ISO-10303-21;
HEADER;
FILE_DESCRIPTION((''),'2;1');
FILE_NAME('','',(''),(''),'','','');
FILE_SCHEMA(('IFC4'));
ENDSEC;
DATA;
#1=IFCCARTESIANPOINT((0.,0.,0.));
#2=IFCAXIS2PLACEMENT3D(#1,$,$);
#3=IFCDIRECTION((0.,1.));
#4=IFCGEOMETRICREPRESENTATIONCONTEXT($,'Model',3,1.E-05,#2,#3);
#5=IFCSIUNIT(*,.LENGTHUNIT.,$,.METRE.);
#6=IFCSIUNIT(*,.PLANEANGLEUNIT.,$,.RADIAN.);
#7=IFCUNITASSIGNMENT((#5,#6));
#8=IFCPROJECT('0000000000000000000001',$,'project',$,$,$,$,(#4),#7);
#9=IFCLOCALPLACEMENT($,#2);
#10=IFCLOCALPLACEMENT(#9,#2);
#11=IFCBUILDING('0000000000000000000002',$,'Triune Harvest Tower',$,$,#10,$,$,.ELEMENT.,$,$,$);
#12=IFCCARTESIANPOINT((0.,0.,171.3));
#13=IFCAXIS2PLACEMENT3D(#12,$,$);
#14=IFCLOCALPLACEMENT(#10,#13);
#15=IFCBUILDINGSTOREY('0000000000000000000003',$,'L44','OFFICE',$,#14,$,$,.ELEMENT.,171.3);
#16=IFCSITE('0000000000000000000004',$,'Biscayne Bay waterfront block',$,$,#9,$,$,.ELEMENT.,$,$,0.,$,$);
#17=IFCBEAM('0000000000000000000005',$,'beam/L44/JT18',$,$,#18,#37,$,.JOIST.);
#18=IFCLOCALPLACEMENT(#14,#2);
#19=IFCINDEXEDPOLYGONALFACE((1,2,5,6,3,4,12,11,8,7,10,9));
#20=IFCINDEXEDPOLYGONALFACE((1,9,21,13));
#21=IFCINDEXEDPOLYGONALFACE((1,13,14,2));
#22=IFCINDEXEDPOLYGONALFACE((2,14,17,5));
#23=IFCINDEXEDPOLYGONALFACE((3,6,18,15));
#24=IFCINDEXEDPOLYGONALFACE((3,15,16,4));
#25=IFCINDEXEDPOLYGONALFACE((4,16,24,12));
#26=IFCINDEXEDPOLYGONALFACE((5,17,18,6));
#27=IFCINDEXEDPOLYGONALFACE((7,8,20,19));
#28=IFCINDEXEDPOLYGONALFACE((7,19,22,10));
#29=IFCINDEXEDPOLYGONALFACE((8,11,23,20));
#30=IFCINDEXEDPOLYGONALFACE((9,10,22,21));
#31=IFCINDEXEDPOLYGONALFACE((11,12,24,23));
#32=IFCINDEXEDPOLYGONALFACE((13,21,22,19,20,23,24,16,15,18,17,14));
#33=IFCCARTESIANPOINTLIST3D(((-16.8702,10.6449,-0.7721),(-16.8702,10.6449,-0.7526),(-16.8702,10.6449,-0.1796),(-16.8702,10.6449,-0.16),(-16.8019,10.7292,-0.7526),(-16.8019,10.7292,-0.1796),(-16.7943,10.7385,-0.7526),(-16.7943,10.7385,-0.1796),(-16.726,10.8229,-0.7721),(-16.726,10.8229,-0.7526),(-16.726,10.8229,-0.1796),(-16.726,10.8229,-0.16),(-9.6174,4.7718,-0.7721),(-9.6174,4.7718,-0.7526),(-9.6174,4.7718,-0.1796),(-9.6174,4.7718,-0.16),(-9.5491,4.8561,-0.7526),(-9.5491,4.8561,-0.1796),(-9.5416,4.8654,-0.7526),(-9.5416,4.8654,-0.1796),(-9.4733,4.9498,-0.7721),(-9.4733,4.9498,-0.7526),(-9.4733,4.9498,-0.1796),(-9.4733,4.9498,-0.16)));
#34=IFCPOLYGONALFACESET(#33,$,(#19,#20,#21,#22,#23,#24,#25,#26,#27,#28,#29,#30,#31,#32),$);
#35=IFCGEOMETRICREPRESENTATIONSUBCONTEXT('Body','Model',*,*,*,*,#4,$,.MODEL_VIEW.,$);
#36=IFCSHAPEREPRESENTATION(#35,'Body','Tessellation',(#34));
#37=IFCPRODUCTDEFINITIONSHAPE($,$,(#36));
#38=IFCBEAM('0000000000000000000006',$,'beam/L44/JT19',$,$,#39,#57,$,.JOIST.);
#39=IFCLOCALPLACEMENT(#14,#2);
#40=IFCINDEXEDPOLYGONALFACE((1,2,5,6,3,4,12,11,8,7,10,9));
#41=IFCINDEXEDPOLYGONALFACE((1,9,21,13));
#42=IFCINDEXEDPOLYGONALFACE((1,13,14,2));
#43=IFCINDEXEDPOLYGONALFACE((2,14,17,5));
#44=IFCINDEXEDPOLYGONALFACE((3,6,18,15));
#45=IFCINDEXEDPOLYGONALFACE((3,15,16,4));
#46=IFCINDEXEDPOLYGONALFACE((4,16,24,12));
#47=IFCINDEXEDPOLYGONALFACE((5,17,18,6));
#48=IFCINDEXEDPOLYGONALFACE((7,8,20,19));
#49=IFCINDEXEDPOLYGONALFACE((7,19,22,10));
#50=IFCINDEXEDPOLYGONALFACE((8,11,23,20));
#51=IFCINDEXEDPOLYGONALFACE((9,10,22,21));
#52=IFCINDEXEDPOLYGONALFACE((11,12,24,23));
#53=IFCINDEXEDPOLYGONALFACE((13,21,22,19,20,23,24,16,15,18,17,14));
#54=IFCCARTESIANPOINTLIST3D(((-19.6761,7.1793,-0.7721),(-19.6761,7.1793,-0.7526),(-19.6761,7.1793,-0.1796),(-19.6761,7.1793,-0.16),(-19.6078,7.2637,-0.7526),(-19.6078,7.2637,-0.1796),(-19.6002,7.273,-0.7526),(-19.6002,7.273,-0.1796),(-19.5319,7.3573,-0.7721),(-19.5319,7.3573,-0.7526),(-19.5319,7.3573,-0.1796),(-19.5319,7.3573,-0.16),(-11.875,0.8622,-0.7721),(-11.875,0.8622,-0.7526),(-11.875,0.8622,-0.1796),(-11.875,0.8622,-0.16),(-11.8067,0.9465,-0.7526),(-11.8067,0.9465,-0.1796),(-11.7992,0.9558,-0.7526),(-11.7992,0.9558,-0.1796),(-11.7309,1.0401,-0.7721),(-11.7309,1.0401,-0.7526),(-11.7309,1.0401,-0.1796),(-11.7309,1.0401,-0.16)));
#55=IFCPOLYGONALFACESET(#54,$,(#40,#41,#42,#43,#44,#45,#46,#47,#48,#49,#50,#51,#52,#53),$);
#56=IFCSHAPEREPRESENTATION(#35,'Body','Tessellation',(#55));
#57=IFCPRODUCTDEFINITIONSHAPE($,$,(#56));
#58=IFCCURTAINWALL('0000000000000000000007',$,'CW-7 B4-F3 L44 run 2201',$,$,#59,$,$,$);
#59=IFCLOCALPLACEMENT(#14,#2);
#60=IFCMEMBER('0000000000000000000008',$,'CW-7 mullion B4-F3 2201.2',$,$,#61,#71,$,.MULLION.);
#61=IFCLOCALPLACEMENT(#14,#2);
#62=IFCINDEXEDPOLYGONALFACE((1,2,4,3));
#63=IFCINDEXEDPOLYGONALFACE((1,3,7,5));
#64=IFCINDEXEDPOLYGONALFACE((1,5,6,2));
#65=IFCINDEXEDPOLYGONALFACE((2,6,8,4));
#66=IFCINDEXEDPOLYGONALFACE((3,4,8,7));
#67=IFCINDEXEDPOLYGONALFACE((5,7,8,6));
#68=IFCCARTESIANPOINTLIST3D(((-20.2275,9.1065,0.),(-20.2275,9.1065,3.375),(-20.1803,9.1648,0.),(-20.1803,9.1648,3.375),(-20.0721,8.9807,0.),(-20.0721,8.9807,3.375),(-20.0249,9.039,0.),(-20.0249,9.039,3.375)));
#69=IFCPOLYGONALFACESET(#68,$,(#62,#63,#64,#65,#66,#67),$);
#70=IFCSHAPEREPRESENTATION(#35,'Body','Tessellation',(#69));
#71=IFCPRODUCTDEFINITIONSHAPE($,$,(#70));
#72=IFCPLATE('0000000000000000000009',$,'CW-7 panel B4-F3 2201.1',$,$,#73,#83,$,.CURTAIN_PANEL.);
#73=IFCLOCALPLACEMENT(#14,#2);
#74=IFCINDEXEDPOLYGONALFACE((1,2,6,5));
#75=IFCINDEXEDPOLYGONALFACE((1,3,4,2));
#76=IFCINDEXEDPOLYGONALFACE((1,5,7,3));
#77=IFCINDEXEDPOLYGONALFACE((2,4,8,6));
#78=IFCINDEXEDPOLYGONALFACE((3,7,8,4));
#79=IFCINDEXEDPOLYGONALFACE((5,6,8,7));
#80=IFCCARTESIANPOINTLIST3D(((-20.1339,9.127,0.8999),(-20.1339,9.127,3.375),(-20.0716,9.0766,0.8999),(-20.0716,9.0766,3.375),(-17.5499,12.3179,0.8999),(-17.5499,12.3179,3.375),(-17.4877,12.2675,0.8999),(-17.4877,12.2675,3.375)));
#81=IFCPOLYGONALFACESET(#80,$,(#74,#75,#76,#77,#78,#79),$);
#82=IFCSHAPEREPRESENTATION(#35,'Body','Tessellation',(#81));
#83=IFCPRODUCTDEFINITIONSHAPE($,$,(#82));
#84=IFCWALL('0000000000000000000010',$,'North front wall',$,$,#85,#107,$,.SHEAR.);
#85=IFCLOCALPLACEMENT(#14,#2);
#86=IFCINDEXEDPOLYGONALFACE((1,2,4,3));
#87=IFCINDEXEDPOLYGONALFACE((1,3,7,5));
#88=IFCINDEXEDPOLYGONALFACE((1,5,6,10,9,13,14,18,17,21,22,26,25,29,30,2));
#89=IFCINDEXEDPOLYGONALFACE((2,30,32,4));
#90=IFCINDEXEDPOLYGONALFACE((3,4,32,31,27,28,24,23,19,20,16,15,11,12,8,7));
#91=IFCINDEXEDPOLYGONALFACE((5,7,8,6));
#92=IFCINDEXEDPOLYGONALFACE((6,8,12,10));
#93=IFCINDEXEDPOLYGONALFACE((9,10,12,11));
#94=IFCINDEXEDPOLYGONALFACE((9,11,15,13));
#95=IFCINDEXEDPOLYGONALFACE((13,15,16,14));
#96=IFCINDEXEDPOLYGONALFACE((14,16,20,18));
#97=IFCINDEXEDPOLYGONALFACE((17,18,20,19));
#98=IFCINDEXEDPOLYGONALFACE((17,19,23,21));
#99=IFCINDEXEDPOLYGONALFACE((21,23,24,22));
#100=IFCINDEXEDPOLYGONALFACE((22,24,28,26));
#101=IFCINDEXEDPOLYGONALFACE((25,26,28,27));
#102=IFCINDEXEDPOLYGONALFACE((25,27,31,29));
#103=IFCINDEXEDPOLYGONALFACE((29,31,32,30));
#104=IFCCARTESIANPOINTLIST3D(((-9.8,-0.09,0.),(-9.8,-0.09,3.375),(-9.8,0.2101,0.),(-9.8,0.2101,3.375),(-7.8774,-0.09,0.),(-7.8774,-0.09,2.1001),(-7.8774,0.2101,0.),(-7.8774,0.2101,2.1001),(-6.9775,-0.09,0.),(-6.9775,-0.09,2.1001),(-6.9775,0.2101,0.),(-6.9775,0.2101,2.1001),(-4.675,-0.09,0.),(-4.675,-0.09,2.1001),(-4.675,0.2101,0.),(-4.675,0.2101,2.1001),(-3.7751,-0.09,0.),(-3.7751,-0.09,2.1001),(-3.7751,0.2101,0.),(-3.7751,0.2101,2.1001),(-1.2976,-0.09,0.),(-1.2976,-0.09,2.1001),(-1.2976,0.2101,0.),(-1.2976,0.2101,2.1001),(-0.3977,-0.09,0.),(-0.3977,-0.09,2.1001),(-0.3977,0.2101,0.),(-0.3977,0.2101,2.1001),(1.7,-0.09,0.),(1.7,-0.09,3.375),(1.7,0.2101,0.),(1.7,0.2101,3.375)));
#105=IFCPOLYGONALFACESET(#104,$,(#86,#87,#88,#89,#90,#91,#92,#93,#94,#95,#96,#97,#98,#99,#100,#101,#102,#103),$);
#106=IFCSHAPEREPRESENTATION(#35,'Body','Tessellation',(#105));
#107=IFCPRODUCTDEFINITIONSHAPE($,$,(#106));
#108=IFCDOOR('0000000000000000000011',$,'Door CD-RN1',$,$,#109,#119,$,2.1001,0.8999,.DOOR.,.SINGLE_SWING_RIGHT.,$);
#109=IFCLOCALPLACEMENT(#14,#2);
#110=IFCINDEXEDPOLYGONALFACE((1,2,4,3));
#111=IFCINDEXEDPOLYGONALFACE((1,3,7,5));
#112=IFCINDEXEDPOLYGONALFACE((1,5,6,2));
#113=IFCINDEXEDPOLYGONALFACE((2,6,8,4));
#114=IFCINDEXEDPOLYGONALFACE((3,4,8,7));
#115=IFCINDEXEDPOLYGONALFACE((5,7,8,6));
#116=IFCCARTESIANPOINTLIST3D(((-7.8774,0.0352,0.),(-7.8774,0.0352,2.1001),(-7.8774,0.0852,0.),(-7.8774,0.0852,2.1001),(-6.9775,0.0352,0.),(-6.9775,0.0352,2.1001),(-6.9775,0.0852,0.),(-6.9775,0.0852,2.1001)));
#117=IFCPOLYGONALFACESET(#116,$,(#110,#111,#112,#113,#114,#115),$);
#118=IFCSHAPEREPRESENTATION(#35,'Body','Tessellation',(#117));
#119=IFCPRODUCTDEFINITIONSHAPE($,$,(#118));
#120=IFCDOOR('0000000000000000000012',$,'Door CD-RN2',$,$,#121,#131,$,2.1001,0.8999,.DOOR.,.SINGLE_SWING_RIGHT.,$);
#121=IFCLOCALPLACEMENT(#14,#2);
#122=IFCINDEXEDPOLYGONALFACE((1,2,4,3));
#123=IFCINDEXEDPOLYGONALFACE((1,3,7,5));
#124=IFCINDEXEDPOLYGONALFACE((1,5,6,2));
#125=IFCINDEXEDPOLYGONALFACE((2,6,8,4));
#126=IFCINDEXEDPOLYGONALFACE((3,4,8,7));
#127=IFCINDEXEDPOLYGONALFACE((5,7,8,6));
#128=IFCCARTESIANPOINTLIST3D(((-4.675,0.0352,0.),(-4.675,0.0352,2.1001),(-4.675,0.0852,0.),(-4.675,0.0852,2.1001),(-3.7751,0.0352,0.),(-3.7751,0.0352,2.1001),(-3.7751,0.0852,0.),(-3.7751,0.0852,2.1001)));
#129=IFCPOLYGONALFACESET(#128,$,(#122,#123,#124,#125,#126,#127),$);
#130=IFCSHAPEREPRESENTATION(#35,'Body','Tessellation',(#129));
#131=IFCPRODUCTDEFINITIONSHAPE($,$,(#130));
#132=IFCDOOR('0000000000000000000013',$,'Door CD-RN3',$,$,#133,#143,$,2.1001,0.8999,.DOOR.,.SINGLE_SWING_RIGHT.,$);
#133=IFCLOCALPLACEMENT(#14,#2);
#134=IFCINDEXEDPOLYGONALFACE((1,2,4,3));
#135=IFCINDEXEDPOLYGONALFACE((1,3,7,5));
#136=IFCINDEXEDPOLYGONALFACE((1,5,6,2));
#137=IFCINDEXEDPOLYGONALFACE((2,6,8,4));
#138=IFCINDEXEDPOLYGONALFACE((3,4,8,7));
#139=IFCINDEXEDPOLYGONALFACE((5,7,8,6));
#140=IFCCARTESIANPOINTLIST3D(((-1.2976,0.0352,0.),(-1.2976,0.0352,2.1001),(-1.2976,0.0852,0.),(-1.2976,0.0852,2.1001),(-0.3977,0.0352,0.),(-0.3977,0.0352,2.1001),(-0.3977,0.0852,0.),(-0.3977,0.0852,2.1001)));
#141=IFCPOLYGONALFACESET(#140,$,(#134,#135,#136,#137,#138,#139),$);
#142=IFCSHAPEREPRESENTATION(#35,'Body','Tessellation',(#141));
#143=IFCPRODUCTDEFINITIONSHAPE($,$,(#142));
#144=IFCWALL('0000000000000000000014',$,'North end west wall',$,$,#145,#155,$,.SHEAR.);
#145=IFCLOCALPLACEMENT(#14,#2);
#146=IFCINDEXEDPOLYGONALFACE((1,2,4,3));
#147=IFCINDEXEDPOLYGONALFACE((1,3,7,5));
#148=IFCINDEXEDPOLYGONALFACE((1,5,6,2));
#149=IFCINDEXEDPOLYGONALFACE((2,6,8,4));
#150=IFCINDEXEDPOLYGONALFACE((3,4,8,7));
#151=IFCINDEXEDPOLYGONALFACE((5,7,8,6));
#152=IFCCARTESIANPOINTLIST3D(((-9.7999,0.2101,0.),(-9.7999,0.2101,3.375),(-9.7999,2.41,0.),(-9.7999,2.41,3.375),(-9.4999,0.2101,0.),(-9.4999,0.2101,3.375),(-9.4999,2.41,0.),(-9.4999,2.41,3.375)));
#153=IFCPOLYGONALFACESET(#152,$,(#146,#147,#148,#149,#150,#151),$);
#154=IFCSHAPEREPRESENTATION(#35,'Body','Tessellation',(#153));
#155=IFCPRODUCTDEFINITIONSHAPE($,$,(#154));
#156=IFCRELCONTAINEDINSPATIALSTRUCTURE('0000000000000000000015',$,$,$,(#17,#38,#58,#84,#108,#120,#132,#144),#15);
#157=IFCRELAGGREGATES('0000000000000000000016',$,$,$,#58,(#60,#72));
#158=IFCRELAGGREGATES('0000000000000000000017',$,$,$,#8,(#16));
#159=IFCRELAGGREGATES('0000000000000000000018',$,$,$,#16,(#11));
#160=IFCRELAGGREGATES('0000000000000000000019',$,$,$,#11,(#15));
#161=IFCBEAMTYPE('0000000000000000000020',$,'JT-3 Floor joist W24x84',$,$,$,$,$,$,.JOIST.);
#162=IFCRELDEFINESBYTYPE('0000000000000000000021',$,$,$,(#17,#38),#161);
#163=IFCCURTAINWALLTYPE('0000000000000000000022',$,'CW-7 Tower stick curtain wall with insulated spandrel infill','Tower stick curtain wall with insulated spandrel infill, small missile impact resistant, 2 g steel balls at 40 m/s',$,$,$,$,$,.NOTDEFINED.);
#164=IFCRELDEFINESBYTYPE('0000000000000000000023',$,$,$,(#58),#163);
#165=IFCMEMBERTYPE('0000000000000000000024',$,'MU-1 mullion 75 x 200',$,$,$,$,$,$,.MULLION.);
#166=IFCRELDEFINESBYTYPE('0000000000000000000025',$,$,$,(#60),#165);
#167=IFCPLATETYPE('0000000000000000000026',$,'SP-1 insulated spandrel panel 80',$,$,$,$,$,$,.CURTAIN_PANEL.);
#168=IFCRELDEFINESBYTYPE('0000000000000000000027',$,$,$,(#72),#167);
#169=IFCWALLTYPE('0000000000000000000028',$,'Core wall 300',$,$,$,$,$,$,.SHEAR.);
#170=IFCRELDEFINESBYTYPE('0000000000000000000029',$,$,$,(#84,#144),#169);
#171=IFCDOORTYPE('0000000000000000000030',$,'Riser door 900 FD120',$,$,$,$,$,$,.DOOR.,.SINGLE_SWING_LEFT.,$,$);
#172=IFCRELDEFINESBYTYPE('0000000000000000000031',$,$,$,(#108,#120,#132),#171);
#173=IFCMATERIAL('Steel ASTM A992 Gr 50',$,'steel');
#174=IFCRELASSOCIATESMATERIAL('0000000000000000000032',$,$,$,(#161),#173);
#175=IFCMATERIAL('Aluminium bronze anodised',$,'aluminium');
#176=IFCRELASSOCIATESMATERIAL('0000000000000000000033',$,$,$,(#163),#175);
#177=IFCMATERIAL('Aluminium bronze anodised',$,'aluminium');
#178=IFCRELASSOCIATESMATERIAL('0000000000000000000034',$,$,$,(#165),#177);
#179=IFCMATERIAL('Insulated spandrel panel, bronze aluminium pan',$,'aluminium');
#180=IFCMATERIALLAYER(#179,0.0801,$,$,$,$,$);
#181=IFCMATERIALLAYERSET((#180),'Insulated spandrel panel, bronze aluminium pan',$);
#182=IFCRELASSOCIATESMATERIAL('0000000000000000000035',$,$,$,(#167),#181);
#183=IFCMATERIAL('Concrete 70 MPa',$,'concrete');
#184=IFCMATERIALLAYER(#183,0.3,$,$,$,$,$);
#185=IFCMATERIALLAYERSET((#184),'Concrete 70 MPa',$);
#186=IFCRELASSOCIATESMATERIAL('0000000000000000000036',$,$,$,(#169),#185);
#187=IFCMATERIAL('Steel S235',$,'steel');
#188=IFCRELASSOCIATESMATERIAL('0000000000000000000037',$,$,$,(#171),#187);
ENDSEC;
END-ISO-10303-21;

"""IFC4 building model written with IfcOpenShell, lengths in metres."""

from ifc_helpers import new_model, si_unit, direction, frame, frame_2d, origin, origin_2d, place, context, subcontext, project, spatial, rectangle, i_section, extrude, source, transform, mapped, material, layer, layer_set, material_profile, profile_set, type_object, element, fill, aggregate, save


model = new_model("IFC4")

# Units and contexts
model_context = context("Model", 3, precision=1e-05, world=origin(), true_north=direction((0.0, 1.0)))
body_context = subcontext(model_context, "Body", "Model", "MODEL_VIEW")
ifc_project = project(units=[si_unit("LENGTHUNIT", "METRE"), si_unit("PLANEANGLEUNIT", "RADIAN")], contexts=[model_context])

# Site, building, storey
site_placement = place(None, origin())
site = spatial("IfcSite", under=ifc_project, at=site_placement, Name="Biscayne Bay waterfront block", CompositionType="ELEMENT", RefElevation=0.0)
building_placement = place(site_placement, origin())
building = spatial("IfcBuilding", under=site, at=building_placement, Name="Triune Harvest Tower", CompositionType="ELEMENT")
storey_placement = place(building_placement, frame((0.0, 0.0, 171.3)))
storey = spatial("IfcBuildingStorey", under=building, at=storey_placement, Name="L44", Description="OFFICE", CompositionType="ELEMENT", Elevation=171.3)

# Beams
ifc_material_1 = material(Name="Steel ASTM A992 Gr 50", Category="steel")
ifc_material_profile_1 = material_profile(ifc_material_1, i_section(OverallWidth=0.229, OverallDepth=0.6121, WebThickness=0.012, FlangeThickness=0.0195, at=origin_2d()), Name="W24x84")
ifc_profile_set_1 = profile_set([ifc_material_profile_1], Name="Steel ASTM A992 Gr 50")
beam_type = type_object("IfcBeamType", Name="JT-3 Floor joist W24x84", PredefinedType="JOIST", material=ifc_profile_set_1)
shared_shape_1 = source(origin(), body_context, "Body", "SweptSolid", [
    extrude(i_section(OverallWidth=0.229, OverallDepth=0.6121, WebThickness=0.012, FlangeThickness=0.0195, at=origin_2d()), origin(), (0.0, 0.0, 1.0), 9.3325),
])
beam_1_placement = place(storey_placement, frame((-16.7981, 10.7339, -0.4661), z_axis=(0.777149, -0.629316, 0.0), x_axis=(0.629316, 0.777149, 0.0)))
element("IfcBeam", 1, at=beam_1_placement, inside=storey, type_object=beam_type, Name="beam/L44/JT18", PredefinedType="JOIST", context=body_context, shape_type="MappedRepresentation", body=[
    mapped(shared_shape_1, transform((0.0, 0.0, 0.0), scale=1.0)),
])
shared_shape_2 = source(origin(), body_context, "Body", "SweptSolid", [
    extrude(i_section(OverallWidth=0.229, OverallDepth=0.6121, WebThickness=0.012, FlangeThickness=0.0195, at=origin_2d()), origin(), (0.0, 0.0, 1.0), 10.0381),
])
beam_2_placement = place(storey_placement, frame((-19.604, 7.2683, -0.4661), z_axis=(0.777146, -0.62932, 0.0), x_axis=(0.62932, 0.777146, 0.0)))
element("IfcBeam", 2, at=beam_2_placement, inside=storey, type_object=beam_type, Name="beam/L44/JT19", PredefinedType="JOIST", context=body_context, shape_type="MappedRepresentation", body=[
    mapped(shared_shape_2, transform((0.0, 0.0, 0.0), scale=1.0)),
])

# Curtain wall, member, plate
ifc_material_2 = material(Name="Aluminium bronze anodised", Category="aluminium")
curtain_wall_type = type_object("IfcCurtainWallType", Name="CW-7 Tower stick curtain wall with insulated spandrel infill", Description="Tower stick curtain wall with insulated spandrel infill, small missile impact resistant, 2 g steel balls at 40 m/s", PredefinedType="NOTDEFINED", material=ifc_material_2)
curtain_wall_placement = place(storey_placement, origin())
curtain_wall = element("IfcCurtainWall", 3, at=curtain_wall_placement, inside=storey, type_object=curtain_wall_type, Name="CW-7 B4-F3 L44 run 2201")
ifc_material_3 = material(Name="Aluminium bronze anodised", Category="aluminium")
ifc_material_profile_2 = material_profile(ifc_material_3, rectangle(XDim=0.2, YDim=0.075, at=origin_2d()), Name="MU-1 mullion 75 x 200")
ifc_profile_set_2 = profile_set([ifc_material_profile_2], Name="Aluminium bronze anodised")
member_type = type_object("IfcMemberType", Name="MU-1 mullion 75 x 200", PredefinedType="MULLION", material=ifc_profile_set_2)
shared_shape_3 = source(origin(), body_context, "Body", "SweptSolid", [
    extrude(rectangle(XDim=0.2, YDim=0.075, at=origin_2d()), origin(), (0.0, 0.0, 1.0), 3.375),
])
member_placement = place(storey_placement, frame((-20.1262, 9.0728, 0.0), z_axis=(0.0, 0.0, 1.0), x_axis=(0.777151, -0.629314, 0.0)))
member = element("IfcMember", 4, at=member_placement, type_object=member_type, Name="CW-7 mullion B4-F3 2201.2", PredefinedType="MULLION", context=body_context, shape_type="MappedRepresentation", body=[
    mapped(shared_shape_3, transform((0.0, 0.0, 0.0), scale=1.0)),
])
ifc_material_4 = material(Name="Insulated spandrel panel, bronze aluminium pan", Category="aluminium")
ifc_layer_1 = layer(ifc_material_4, 0.0801)
ifc_layer_set_1 = layer_set([ifc_layer_1], Name="Insulated spandrel panel, bronze aluminium pan")
plate_type = type_object("IfcPlateType", Name="SP-1 insulated spandrel panel 80", PredefinedType="CURTAIN_PANEL", material=ifc_layer_set_1)
plate_placement = place(storey_placement, frame((-18.8108, 10.6973, 0.8999), z_axis=(0.0, 0.0, 1.0), x_axis=(-0.629314, -0.777151, 0.0)))
plate = element("IfcPlate", 5, at=plate_placement, type_object=plate_type, Name="CW-7 panel B4-F3 2201.1", PredefinedType="CURTAIN_PANEL", context=body_context, shape_type="SweptSolid", body=[
    extrude(rectangle(XDim=4.106, YDim=0.0801, at=origin_2d()), origin(), (0.0, 0.0, 1.0), 2.4751),
])
aggregate(curtain_wall, [member, plate])

# Wall, openings, doors
ifc_material_5 = material(Name="Concrete 70 MPa", Category="concrete")
ifc_layer_2 = layer(ifc_material_5, 0.3)
ifc_layer_set_2 = layer_set([ifc_layer_2], Name="Concrete 70 MPa")
wall_type_1 = type_object("IfcWallType", Name="Core wall 300", PredefinedType="SHEAR", material=ifc_layer_set_2)
wall_1_placement = place(storey_placement, frame((-9.8, 0.0601, 0.0), z_axis=(0.0, 0.0, 1.0), x_axis=(1.0, 0.0, 0.0)))
wall_1 = element("IfcWall", 6, at=wall_1_placement, inside=storey, type_object=wall_type_1, Name="North front wall", PredefinedType="SHEAR", context=body_context, shape_type="SweptSolid", body=[
    extrude(rectangle(XDim=11.5, YDim=0.3, at=frame_2d((5.75, 0.0))), origin(), (0.0, 0.0, 1.0), 3.375),
])
opening_1_placement = place(wall_1_placement, frame((1.9226, 0.0, 0.0)))
opening_1 = element("IfcOpeningElement", 7, at=opening_1_placement, cuts=wall_1, PredefinedType="OPENING", context=body_context, shape_type="SweptSolid", body=[
    extrude(rectangle(XDim=0.8999, YDim=2.1001, at=frame_2d((0.45, 1.05))), frame((0.0, 0.1602, 0.0), z_axis=(0.0, -1.0, 0.0), x_axis=(1.0, 0.0, 0.0)), (0.0, 0.0, 1.0), 0.3201),
])
opening_2_placement = place(wall_1_placement, frame((5.125, 0.0, 0.0)))
opening_2 = element("IfcOpeningElement", 8, at=opening_2_placement, cuts=wall_1, PredefinedType="OPENING", context=body_context, shape_type="SweptSolid", body=[
    extrude(rectangle(XDim=0.8999, YDim=2.1001, at=frame_2d((0.45, 1.05))), frame((0.0, 0.1602, 0.0), z_axis=(0.0, -1.0, 0.0), x_axis=(1.0, 0.0, 0.0)), (0.0, 0.0, 1.0), 0.3201),
])
opening_3_placement = place(wall_1_placement, frame((8.5024, 0.0, 0.0)))
opening_3 = element("IfcOpeningElement", 9, at=opening_3_placement, cuts=wall_1, PredefinedType="OPENING", context=body_context, shape_type="SweptSolid", body=[
    extrude(rectangle(XDim=0.8999, YDim=2.1001, at=frame_2d((0.45, 1.05))), frame((0.0, 0.1602, 0.0), z_axis=(0.0, -1.0, 0.0), x_axis=(1.0, 0.0, 0.0)), (0.0, 0.0, 1.0), 0.3201),
])
ifc_material_6 = material(Name="Steel S235", Category="steel")
door_type_1 = type_object("IfcDoorType", Name="Riser door 900 FD120", OperationType="SINGLE_SWING_LEFT", PredefinedType="DOOR", material=ifc_material_6)
door_1_placement = place(opening_1_placement, frame((0.8999, 0.0, 0.0), z_axis=(0.0, 0.0, 1.0), x_axis=(-1.0, 0.0, 0.0)))
door_1 = element("IfcDoor", 10, at=door_1_placement, inside=storey, type_object=door_type_1, Name="Door CD-RN1", OperationType="SINGLE_SWING_RIGHT", OverallHeight=2.1001, OverallWidth=0.8999, PredefinedType="DOOR", context=body_context, shape_type="SweptSolid", body=[
    extrude(rectangle(XDim=0.8999, YDim=2.1001, at=frame_2d((0.45, 1.05))), frame((0.0, 0.0249, 0.0), z_axis=(0.0, -1.0, 0.0), x_axis=(1.0, 0.0, 0.0)), (0.0, 0.0, 1.0), 0.05),
])
fill(opening_1, door_1)
door_2_placement = place(opening_2_placement, frame((0.8999, 0.0, 0.0), z_axis=(0.0, 0.0, 1.0), x_axis=(-1.0, 0.0, 0.0)))
door_2 = element("IfcDoor", 11, at=door_2_placement, inside=storey, type_object=door_type_1, Name="Door CD-RN2", OperationType="SINGLE_SWING_RIGHT", OverallHeight=2.1001, OverallWidth=0.8999, PredefinedType="DOOR", context=body_context, shape_type="SweptSolid", body=[
    extrude(rectangle(XDim=0.8999, YDim=2.1001, at=frame_2d((0.45, 1.05))), frame((0.0, 0.0249, 0.0), z_axis=(0.0, -1.0, 0.0), x_axis=(1.0, 0.0, 0.0)), (0.0, 0.0, 1.0), 0.05),
])
fill(opening_2, door_2)
door_3_placement = place(opening_3_placement, frame((0.8999, 0.0, 0.0), z_axis=(0.0, 0.0, 1.0), x_axis=(-1.0, 0.0, 0.0)))
door_3 = element("IfcDoor", 12, at=door_3_placement, inside=storey, type_object=door_type_1, Name="Door CD-RN3", OperationType="SINGLE_SWING_RIGHT", OverallHeight=2.1001, OverallWidth=0.8999, PredefinedType="DOOR", context=body_context, shape_type="SweptSolid", body=[
    extrude(rectangle(XDim=0.8999, YDim=2.1001, at=frame_2d((0.45, 1.05))), frame((0.0, 0.0249, 0.0), z_axis=(0.0, -1.0, 0.0), x_axis=(1.0, 0.0, 0.0)), (0.0, 0.0, 1.0), 0.05),
])
fill(opening_3, door_3)

# Wall
wall_2_placement = place(storey_placement, frame((-9.6499, 0.21, 0.0), z_axis=(0.0, 0.0, 1.0), x_axis=(0.0, 1.0, 0.0)))
element("IfcWall", 13, at=wall_2_placement, inside=storey, type_object=wall_type_1, Name="North end west wall", PredefinedType="SHEAR", context=body_context, shape_type="SweptSolid", body=[
    extrude(rectangle(XDim=2.2, YDim=0.3, at=frame_2d((1.1001, 0.0))), origin(), (0.0, 0.0, 1.0), 3.375),
])

save(model, "model.ifc")
